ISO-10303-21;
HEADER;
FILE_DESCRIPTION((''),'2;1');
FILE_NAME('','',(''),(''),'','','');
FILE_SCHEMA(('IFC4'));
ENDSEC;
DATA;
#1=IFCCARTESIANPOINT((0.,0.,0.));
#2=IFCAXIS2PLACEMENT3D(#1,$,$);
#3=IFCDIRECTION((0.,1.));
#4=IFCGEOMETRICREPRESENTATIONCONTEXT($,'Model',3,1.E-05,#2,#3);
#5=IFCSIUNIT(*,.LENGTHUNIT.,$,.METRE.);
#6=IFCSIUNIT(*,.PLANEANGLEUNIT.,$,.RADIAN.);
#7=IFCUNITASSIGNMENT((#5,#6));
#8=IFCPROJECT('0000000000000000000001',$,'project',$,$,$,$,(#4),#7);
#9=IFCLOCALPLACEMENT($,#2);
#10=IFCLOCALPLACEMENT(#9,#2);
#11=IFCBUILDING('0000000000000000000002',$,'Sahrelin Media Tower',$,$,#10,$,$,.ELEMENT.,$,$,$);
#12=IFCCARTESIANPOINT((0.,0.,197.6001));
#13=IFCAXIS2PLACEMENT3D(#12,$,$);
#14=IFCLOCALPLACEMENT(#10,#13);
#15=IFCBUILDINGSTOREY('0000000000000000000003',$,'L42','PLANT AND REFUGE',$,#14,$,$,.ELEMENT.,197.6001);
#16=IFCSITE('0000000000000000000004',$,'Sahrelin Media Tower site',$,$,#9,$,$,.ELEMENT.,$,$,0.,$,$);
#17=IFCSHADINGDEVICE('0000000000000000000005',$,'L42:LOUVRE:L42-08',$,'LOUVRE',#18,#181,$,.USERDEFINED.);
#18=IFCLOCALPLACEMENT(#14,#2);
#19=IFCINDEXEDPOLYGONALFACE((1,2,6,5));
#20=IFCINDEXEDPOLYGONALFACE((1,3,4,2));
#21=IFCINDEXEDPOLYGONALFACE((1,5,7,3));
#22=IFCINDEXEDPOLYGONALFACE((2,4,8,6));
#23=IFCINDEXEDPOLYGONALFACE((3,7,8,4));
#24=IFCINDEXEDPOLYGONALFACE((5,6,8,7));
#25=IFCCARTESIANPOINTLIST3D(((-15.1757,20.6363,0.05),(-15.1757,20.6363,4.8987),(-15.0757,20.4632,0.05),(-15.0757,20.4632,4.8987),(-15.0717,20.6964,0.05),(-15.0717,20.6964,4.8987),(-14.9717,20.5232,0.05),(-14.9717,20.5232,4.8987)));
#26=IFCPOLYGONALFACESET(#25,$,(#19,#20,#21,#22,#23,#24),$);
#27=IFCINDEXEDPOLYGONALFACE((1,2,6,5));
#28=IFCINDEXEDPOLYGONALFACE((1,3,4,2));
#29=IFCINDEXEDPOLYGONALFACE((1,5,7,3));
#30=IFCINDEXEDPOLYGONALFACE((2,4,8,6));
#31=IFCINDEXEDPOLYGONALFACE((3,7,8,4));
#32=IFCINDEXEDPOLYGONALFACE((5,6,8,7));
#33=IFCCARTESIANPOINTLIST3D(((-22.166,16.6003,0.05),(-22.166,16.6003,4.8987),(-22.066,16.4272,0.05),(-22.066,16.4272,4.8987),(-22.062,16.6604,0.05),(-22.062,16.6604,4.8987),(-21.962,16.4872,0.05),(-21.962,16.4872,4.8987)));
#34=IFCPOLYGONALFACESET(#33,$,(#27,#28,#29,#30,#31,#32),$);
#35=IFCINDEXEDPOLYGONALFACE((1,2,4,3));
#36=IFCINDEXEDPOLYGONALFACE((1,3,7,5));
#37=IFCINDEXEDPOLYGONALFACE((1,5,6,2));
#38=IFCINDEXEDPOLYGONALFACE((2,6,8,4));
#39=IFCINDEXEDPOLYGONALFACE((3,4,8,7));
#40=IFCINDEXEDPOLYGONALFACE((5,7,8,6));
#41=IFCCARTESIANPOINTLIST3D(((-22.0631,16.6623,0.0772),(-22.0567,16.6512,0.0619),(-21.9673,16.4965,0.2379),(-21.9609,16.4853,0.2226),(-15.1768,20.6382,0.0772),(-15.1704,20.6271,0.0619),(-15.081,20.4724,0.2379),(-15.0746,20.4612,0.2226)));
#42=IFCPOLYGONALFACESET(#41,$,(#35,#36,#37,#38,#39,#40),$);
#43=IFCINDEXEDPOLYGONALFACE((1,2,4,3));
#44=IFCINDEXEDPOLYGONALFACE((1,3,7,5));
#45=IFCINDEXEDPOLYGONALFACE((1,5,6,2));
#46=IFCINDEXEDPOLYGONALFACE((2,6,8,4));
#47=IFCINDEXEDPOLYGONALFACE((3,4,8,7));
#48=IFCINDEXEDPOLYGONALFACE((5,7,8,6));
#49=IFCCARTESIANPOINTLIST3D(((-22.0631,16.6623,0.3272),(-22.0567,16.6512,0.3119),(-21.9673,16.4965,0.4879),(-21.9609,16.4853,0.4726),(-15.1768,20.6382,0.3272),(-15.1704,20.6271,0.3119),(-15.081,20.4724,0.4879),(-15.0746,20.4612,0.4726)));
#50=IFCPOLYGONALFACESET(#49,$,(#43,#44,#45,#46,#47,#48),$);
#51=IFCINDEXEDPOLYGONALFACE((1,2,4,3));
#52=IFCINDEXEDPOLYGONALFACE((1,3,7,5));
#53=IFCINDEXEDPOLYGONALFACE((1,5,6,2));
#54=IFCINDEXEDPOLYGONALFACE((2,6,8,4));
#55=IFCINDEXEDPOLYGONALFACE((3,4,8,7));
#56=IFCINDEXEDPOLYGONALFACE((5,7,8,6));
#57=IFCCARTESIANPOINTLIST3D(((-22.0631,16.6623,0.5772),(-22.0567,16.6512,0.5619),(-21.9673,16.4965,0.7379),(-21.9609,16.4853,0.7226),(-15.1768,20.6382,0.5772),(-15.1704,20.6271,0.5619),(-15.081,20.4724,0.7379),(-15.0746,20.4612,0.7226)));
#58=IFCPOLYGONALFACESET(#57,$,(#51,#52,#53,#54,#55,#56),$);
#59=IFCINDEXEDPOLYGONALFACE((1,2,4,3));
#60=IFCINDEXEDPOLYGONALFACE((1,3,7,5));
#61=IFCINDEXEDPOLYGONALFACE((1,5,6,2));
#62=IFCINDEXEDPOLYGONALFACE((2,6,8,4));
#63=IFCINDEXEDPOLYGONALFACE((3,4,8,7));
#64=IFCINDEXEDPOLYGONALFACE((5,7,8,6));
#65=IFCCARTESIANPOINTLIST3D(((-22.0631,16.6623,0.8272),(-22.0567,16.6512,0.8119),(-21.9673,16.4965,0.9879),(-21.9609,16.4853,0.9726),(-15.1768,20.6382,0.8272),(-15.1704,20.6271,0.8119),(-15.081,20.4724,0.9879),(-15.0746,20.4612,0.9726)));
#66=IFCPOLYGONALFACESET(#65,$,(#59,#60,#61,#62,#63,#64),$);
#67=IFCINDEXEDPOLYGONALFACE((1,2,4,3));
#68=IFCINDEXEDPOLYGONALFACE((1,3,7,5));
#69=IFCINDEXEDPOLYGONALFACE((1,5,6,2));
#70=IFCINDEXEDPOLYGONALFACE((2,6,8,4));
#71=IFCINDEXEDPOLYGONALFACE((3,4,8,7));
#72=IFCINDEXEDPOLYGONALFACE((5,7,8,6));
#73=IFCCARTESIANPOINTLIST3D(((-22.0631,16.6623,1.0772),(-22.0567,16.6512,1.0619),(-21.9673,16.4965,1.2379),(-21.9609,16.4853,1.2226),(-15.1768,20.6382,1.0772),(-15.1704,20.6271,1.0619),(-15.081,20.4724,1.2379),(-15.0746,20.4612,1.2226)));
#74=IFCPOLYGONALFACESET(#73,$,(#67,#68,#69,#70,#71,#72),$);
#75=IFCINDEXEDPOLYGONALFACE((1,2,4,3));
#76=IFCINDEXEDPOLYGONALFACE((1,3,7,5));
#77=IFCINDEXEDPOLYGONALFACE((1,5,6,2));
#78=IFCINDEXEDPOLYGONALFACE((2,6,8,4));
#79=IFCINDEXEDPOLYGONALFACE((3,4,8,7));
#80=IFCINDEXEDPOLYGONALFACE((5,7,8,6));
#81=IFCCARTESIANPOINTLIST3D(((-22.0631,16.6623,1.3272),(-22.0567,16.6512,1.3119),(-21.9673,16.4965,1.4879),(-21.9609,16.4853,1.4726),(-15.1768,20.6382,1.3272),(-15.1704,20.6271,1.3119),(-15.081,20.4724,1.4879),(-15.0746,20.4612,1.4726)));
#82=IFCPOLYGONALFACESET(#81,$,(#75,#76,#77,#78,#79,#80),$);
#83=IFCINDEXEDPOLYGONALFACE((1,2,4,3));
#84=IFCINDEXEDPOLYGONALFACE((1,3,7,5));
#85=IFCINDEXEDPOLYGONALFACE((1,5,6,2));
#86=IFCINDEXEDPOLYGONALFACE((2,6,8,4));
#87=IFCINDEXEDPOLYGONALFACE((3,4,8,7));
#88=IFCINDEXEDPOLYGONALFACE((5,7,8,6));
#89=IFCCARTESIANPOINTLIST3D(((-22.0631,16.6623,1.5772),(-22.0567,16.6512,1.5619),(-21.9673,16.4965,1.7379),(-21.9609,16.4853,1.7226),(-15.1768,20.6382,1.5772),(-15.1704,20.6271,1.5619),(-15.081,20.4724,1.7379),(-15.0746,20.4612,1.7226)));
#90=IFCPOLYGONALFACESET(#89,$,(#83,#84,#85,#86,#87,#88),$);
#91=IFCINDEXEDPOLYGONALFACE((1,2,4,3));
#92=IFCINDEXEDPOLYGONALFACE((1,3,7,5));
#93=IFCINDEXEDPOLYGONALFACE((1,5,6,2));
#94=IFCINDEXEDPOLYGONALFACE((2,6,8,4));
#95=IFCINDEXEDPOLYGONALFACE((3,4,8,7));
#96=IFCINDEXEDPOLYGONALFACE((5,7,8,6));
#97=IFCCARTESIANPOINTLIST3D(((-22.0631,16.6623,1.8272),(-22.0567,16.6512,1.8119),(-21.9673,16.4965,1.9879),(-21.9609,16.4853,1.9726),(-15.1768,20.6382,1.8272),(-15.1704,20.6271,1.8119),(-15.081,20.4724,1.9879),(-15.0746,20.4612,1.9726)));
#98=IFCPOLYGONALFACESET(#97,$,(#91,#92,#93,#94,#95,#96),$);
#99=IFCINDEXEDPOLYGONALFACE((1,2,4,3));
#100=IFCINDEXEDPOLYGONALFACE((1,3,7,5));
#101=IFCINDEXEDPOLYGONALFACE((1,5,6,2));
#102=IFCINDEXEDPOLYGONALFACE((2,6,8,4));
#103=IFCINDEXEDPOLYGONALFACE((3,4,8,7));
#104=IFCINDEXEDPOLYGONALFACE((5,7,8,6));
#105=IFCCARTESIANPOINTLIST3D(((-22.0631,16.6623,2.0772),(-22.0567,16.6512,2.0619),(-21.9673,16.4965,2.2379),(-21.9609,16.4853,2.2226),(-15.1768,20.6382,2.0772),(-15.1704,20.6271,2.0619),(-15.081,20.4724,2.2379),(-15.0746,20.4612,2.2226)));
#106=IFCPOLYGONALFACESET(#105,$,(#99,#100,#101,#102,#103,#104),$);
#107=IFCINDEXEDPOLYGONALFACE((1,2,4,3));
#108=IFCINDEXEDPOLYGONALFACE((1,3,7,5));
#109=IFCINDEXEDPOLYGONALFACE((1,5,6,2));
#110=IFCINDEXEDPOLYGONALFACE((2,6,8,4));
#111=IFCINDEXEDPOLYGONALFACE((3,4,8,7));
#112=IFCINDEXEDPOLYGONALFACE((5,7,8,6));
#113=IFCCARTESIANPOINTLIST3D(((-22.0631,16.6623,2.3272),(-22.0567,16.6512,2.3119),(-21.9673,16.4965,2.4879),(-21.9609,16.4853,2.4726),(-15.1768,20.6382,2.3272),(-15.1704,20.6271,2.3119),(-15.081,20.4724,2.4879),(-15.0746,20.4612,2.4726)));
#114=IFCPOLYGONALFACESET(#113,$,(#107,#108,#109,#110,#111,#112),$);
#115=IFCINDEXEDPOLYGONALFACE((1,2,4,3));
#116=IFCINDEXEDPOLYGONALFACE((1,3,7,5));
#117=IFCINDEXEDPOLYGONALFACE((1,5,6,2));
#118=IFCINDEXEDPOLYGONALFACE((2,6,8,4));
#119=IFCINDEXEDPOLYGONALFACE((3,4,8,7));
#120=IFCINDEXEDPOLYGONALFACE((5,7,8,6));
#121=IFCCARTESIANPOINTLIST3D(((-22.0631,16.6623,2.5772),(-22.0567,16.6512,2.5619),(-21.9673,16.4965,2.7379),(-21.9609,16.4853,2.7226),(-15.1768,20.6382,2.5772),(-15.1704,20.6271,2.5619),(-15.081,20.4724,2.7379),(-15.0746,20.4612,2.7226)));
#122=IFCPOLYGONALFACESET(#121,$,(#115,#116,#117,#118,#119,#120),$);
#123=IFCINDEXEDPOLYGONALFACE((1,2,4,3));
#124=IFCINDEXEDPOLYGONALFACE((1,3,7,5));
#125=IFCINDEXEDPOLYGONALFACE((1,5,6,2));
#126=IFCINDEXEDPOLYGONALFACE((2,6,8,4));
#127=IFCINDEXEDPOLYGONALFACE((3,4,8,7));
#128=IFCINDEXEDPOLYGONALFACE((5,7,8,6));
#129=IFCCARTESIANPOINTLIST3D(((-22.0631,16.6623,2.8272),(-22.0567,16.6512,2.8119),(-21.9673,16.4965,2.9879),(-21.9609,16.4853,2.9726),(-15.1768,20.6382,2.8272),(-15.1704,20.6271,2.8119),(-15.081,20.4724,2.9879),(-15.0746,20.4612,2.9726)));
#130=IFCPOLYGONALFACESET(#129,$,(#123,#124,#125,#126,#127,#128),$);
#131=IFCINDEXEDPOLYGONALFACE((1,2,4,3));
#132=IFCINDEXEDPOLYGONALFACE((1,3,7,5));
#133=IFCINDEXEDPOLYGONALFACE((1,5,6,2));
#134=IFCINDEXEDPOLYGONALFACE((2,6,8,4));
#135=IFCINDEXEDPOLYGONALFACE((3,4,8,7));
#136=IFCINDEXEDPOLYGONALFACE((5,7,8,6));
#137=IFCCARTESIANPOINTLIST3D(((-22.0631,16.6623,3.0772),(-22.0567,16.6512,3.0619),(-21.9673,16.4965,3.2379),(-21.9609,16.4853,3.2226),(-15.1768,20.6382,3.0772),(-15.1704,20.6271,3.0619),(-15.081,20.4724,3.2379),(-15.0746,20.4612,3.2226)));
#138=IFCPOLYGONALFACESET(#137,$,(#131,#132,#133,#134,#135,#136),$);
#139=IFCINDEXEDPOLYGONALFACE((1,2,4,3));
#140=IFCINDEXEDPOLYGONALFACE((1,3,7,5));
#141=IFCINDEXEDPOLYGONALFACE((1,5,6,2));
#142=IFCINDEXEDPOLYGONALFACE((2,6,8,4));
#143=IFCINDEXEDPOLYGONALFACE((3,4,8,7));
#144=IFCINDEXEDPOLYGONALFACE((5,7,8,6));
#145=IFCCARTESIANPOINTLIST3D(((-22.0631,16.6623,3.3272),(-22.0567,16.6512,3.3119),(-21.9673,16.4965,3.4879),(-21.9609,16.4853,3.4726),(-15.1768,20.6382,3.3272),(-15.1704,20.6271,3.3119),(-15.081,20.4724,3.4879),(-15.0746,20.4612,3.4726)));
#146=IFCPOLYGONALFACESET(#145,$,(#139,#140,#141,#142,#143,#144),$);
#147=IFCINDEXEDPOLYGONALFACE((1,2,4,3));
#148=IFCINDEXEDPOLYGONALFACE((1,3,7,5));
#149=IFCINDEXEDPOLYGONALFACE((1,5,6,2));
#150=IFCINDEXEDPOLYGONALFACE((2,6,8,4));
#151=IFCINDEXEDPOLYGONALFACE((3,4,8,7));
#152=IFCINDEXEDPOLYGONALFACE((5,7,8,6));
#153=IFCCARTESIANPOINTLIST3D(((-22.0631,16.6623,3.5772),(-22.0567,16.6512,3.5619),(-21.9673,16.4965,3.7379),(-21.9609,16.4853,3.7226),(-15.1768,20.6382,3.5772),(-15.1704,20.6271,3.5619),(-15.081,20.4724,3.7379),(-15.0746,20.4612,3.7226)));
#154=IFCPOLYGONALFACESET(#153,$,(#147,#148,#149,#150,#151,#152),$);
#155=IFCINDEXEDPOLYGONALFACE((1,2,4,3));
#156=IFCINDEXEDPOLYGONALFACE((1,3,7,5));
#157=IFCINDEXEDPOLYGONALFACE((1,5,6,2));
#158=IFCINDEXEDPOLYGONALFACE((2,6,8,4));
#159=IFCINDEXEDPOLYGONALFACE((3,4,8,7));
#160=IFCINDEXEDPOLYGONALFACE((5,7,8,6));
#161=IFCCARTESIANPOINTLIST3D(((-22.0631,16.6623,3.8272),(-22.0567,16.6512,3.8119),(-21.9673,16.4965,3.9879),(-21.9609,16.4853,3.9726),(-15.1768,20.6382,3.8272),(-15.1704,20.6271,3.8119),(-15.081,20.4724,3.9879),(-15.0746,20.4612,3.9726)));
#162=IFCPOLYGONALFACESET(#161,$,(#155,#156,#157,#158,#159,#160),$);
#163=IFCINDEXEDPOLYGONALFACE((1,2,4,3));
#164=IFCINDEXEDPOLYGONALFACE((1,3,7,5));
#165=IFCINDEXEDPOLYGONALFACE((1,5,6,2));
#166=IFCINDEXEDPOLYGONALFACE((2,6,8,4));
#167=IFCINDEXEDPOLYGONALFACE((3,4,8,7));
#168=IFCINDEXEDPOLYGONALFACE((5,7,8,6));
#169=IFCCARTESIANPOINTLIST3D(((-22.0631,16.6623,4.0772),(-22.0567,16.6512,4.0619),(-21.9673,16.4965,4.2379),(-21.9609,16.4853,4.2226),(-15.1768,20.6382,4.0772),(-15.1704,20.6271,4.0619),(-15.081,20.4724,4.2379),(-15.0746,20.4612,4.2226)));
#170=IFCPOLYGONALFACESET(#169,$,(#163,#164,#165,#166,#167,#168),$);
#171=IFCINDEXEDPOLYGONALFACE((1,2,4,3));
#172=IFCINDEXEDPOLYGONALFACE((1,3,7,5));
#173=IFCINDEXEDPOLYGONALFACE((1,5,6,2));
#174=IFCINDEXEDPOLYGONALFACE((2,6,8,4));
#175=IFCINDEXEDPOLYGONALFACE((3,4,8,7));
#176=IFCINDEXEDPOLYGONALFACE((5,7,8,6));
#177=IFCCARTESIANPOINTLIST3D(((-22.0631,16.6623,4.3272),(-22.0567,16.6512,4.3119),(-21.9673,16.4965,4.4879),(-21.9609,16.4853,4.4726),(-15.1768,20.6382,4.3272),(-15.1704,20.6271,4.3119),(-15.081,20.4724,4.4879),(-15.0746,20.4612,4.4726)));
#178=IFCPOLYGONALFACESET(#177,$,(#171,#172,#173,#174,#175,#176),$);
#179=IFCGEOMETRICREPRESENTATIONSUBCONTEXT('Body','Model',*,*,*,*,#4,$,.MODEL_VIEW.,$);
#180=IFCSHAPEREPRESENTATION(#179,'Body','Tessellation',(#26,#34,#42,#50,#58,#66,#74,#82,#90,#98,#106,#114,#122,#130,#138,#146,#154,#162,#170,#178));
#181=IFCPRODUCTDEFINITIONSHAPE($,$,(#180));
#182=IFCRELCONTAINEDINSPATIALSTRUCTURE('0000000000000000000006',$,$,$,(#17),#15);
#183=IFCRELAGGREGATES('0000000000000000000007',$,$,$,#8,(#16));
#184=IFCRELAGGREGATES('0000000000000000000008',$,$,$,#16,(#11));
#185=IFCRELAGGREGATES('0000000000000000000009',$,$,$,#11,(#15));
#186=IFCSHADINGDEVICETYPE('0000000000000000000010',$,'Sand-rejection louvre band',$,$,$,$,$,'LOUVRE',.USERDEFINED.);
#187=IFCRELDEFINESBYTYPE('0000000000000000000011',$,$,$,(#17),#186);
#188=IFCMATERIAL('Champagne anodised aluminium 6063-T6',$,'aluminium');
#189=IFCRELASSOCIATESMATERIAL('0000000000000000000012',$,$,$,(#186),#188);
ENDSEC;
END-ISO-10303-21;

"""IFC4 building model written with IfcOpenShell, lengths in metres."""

from ifc_helpers import new_model, si_unit, direction, frame, origin, origin_2d, place, context, subcontext, project, spatial, rectangle, extrude, material, type_object, element, save


model = new_model("IFC4")

# Units and contexts
model_context = context("Model", 3, precision=1e-05, world=origin(), true_north=direction((0.0, 1.0)))
body_context = subcontext(model_context, "Body", "Model", "MODEL_VIEW")
ifc_project = project(units=[si_unit("LENGTHUNIT", "METRE"), si_unit("PLANEANGLEUNIT", "RADIAN")], contexts=[model_context])

# Site, building, storey
site_placement = place(None, origin())
site = spatial("IfcSite", under=ifc_project, at=site_placement, Name="Sahrelin Media Tower site", CompositionType="ELEMENT", RefElevation=0.0)
building_placement = place(site_placement, origin())
building = spatial("IfcBuilding", under=site, at=building_placement, Name="Sahrelin Media Tower", CompositionType="ELEMENT")
storey_placement = place(building_placement, frame((0.0, 0.0, 197.6001)))
storey = spatial("IfcBuildingStorey", under=building, at=storey_placement, Name="L42", Description="PLANT AND REFUGE", CompositionType="ELEMENT", Elevation=197.6001)

# Shading device
ifc_material_1 = material(Name="Champagne anodised aluminium 6063-T6", Category="aluminium")
shading_device_type = type_object("IfcShadingDeviceType", Name="Sand-rejection louvre band", ElementType="LOUVRE", PredefinedType="USERDEFINED", material=ifc_material_1)
shading_device_1_placement = place(storey_placement, frame((-18.5188, 18.4751, 0.0), z_axis=(0.0, 0.0, 1.0), x_axis=(0.866019, 0.500011, 0.0)))
element("IfcShadingDevice", 1, at=shading_device_1_placement, inside=storey, type_object=shading_device_type, Name="L42:LOUVRE:L42-08", ObjectType="LOUVRE", PredefinedType="USERDEFINED", context=body_context, shape_type="SweptSolid", body=[
    extrude(rectangle(XDim=0.1201, YDim=0.2, at=origin_2d()), frame((4.0359, 0.1001, 0.05), z_axis=(0.0, 0.0, 1.0), x_axis=(1.0, 0.0, 0.0)), (0.0, 0.0, 1.0), 4.8486),
    extrude(rectangle(XDim=0.1201, YDim=0.2, at=origin_2d()), frame((-4.0359, 0.1001, 0.05), z_axis=(0.0, 0.0, 1.0), x_axis=(1.0, 0.0, 0.0)), (0.0, 0.0, 1.0), 4.8486),
    extrude(rectangle(XDim=0.25, YDim=0.02, at=origin_2d()), frame((3.9758, 0.1001, 0.1499), z_axis=(-1.0, 0.0, 0.0), x_axis=(0.0, -0.766044, 0.642788)), (0.0, 0.0, 1.0), 7.9517),
    extrude(rectangle(XDim=0.25, YDim=0.02, at=origin_2d()), frame((3.9758, 0.1001, 0.3999), z_axis=(-1.0, 0.0, 0.0), x_axis=(0.0, -0.766044, 0.642788)), (0.0, 0.0, 1.0), 7.9517),
    extrude(rectangle(XDim=0.25, YDim=0.02, at=origin_2d()), frame((3.9758, 0.1001, 0.6499), z_axis=(-1.0, 0.0, 0.0), x_axis=(0.0, -0.766044, 0.642788)), (0.0, 0.0, 1.0), 7.9517),
    extrude(rectangle(XDim=0.25, YDim=0.02, at=origin_2d()), frame((3.9758, 0.1001, 0.8999), z_axis=(-1.0, 0.0, 0.0), x_axis=(0.0, -0.766044, 0.642788)), (0.0, 0.0, 1.0), 7.9517),
    extrude(rectangle(XDim=0.25, YDim=0.02, at=origin_2d()), frame((3.9758, 0.1001, 1.1499), z_axis=(-1.0, 0.0, 0.0), x_axis=(0.0, -0.766044, 0.642788)), (0.0, 0.0, 1.0), 7.9517),
    extrude(rectangle(XDim=0.25, YDim=0.02, at=origin_2d()), frame((3.9758, 0.1001, 1.3999), z_axis=(-1.0, 0.0, 0.0), x_axis=(0.0, -0.766044, 0.642788)), (0.0, 0.0, 1.0), 7.9517),
    extrude(rectangle(XDim=0.25, YDim=0.02, at=origin_2d()), frame((3.9758, 0.1001, 1.6499), z_axis=(-1.0, 0.0, 0.0), x_axis=(0.0, -0.766044, 0.642788)), (0.0, 0.0, 1.0), 7.9517),
    extrude(rectangle(XDim=0.25, YDim=0.02, at=origin_2d()), frame((3.9758, 0.1001, 1.8999), z_axis=(-1.0, 0.0, 0.0), x_axis=(0.0, -0.766044, 0.642788)), (0.0, 0.0, 1.0), 7.9517),
    extrude(rectangle(XDim=0.25, YDim=0.02, at=origin_2d()), frame((3.9758, 0.1001, 2.1499), z_axis=(-1.0, 0.0, 0.0), x_axis=(0.0, -0.766044, 0.642788)), (0.0, 0.0, 1.0), 7.9517),
    extrude(rectangle(XDim=0.25, YDim=0.02, at=origin_2d()), frame((3.9758, 0.1001, 2.3999), z_axis=(-1.0, 0.0, 0.0), x_axis=(0.0, -0.766044, 0.642788)), (0.0, 0.0, 1.0), 7.9517),
    extrude(rectangle(XDim=0.25, YDim=0.02, at=origin_2d()), frame((3.9758, 0.1001, 2.6499), z_axis=(-1.0, 0.0, 0.0), x_axis=(0.0, -0.766044, 0.642788)), (0.0, 0.0, 1.0), 7.9517),
    extrude(rectangle(XDim=0.25, YDim=0.02, at=origin_2d()), frame((3.9758, 0.1001, 2.8999), z_axis=(-1.0, 0.0, 0.0), x_axis=(0.0, -0.766044, 0.642788)), (0.0, 0.0, 1.0), 7.9517),
    extrude(rectangle(XDim=0.25, YDim=0.02, at=origin_2d()), frame((3.9758, 0.1001, 3.1499), z_axis=(-1.0, 0.0, 0.0), x_axis=(0.0, -0.766044, 0.642788)), (0.0, 0.0, 1.0), 7.9517),
    extrude(rectangle(XDim=0.25, YDim=0.02, at=origin_2d()), frame((3.9758, 0.1001, 3.3999), z_axis=(-1.0, 0.0, 0.0), x_axis=(0.0, -0.766044, 0.642788)), (0.0, 0.0, 1.0), 7.9517),
    extrude(rectangle(XDim=0.25, YDim=0.02, at=origin_2d()), frame((3.9758, 0.1001, 3.6499), z_axis=(-1.0, 0.0, 0.0), x_axis=(0.0, -0.766044, 0.642788)), (0.0, 0.0, 1.0), 7.9517),
    extrude(rectangle(XDim=0.25, YDim=0.02, at=origin_2d()), frame((3.9758, 0.1001, 3.8999), z_axis=(-1.0, 0.0, 0.0), x_axis=(0.0, -0.766044, 0.642788)), (0.0, 0.0, 1.0), 7.9517),
    extrude(rectangle(XDim=0.25, YDim=0.02, at=origin_2d()), frame((3.9758, 0.1001, 4.1499), z_axis=(-1.0, 0.0, 0.0), x_axis=(0.0, -0.766044, 0.642788)), (0.0, 0.0, 1.0), 7.9517),
    extrude(rectangle(XDim=0.25, YDim=0.02, at=origin_2d()), frame((3.9758, 0.1001, 4.3999), z_axis=(-1.0, 0.0, 0.0), x_axis=(0.0, -0.766044, 0.642788)), (0.0, 0.0, 1.0), 7.9517),
])

save(model, "model.ifc")
